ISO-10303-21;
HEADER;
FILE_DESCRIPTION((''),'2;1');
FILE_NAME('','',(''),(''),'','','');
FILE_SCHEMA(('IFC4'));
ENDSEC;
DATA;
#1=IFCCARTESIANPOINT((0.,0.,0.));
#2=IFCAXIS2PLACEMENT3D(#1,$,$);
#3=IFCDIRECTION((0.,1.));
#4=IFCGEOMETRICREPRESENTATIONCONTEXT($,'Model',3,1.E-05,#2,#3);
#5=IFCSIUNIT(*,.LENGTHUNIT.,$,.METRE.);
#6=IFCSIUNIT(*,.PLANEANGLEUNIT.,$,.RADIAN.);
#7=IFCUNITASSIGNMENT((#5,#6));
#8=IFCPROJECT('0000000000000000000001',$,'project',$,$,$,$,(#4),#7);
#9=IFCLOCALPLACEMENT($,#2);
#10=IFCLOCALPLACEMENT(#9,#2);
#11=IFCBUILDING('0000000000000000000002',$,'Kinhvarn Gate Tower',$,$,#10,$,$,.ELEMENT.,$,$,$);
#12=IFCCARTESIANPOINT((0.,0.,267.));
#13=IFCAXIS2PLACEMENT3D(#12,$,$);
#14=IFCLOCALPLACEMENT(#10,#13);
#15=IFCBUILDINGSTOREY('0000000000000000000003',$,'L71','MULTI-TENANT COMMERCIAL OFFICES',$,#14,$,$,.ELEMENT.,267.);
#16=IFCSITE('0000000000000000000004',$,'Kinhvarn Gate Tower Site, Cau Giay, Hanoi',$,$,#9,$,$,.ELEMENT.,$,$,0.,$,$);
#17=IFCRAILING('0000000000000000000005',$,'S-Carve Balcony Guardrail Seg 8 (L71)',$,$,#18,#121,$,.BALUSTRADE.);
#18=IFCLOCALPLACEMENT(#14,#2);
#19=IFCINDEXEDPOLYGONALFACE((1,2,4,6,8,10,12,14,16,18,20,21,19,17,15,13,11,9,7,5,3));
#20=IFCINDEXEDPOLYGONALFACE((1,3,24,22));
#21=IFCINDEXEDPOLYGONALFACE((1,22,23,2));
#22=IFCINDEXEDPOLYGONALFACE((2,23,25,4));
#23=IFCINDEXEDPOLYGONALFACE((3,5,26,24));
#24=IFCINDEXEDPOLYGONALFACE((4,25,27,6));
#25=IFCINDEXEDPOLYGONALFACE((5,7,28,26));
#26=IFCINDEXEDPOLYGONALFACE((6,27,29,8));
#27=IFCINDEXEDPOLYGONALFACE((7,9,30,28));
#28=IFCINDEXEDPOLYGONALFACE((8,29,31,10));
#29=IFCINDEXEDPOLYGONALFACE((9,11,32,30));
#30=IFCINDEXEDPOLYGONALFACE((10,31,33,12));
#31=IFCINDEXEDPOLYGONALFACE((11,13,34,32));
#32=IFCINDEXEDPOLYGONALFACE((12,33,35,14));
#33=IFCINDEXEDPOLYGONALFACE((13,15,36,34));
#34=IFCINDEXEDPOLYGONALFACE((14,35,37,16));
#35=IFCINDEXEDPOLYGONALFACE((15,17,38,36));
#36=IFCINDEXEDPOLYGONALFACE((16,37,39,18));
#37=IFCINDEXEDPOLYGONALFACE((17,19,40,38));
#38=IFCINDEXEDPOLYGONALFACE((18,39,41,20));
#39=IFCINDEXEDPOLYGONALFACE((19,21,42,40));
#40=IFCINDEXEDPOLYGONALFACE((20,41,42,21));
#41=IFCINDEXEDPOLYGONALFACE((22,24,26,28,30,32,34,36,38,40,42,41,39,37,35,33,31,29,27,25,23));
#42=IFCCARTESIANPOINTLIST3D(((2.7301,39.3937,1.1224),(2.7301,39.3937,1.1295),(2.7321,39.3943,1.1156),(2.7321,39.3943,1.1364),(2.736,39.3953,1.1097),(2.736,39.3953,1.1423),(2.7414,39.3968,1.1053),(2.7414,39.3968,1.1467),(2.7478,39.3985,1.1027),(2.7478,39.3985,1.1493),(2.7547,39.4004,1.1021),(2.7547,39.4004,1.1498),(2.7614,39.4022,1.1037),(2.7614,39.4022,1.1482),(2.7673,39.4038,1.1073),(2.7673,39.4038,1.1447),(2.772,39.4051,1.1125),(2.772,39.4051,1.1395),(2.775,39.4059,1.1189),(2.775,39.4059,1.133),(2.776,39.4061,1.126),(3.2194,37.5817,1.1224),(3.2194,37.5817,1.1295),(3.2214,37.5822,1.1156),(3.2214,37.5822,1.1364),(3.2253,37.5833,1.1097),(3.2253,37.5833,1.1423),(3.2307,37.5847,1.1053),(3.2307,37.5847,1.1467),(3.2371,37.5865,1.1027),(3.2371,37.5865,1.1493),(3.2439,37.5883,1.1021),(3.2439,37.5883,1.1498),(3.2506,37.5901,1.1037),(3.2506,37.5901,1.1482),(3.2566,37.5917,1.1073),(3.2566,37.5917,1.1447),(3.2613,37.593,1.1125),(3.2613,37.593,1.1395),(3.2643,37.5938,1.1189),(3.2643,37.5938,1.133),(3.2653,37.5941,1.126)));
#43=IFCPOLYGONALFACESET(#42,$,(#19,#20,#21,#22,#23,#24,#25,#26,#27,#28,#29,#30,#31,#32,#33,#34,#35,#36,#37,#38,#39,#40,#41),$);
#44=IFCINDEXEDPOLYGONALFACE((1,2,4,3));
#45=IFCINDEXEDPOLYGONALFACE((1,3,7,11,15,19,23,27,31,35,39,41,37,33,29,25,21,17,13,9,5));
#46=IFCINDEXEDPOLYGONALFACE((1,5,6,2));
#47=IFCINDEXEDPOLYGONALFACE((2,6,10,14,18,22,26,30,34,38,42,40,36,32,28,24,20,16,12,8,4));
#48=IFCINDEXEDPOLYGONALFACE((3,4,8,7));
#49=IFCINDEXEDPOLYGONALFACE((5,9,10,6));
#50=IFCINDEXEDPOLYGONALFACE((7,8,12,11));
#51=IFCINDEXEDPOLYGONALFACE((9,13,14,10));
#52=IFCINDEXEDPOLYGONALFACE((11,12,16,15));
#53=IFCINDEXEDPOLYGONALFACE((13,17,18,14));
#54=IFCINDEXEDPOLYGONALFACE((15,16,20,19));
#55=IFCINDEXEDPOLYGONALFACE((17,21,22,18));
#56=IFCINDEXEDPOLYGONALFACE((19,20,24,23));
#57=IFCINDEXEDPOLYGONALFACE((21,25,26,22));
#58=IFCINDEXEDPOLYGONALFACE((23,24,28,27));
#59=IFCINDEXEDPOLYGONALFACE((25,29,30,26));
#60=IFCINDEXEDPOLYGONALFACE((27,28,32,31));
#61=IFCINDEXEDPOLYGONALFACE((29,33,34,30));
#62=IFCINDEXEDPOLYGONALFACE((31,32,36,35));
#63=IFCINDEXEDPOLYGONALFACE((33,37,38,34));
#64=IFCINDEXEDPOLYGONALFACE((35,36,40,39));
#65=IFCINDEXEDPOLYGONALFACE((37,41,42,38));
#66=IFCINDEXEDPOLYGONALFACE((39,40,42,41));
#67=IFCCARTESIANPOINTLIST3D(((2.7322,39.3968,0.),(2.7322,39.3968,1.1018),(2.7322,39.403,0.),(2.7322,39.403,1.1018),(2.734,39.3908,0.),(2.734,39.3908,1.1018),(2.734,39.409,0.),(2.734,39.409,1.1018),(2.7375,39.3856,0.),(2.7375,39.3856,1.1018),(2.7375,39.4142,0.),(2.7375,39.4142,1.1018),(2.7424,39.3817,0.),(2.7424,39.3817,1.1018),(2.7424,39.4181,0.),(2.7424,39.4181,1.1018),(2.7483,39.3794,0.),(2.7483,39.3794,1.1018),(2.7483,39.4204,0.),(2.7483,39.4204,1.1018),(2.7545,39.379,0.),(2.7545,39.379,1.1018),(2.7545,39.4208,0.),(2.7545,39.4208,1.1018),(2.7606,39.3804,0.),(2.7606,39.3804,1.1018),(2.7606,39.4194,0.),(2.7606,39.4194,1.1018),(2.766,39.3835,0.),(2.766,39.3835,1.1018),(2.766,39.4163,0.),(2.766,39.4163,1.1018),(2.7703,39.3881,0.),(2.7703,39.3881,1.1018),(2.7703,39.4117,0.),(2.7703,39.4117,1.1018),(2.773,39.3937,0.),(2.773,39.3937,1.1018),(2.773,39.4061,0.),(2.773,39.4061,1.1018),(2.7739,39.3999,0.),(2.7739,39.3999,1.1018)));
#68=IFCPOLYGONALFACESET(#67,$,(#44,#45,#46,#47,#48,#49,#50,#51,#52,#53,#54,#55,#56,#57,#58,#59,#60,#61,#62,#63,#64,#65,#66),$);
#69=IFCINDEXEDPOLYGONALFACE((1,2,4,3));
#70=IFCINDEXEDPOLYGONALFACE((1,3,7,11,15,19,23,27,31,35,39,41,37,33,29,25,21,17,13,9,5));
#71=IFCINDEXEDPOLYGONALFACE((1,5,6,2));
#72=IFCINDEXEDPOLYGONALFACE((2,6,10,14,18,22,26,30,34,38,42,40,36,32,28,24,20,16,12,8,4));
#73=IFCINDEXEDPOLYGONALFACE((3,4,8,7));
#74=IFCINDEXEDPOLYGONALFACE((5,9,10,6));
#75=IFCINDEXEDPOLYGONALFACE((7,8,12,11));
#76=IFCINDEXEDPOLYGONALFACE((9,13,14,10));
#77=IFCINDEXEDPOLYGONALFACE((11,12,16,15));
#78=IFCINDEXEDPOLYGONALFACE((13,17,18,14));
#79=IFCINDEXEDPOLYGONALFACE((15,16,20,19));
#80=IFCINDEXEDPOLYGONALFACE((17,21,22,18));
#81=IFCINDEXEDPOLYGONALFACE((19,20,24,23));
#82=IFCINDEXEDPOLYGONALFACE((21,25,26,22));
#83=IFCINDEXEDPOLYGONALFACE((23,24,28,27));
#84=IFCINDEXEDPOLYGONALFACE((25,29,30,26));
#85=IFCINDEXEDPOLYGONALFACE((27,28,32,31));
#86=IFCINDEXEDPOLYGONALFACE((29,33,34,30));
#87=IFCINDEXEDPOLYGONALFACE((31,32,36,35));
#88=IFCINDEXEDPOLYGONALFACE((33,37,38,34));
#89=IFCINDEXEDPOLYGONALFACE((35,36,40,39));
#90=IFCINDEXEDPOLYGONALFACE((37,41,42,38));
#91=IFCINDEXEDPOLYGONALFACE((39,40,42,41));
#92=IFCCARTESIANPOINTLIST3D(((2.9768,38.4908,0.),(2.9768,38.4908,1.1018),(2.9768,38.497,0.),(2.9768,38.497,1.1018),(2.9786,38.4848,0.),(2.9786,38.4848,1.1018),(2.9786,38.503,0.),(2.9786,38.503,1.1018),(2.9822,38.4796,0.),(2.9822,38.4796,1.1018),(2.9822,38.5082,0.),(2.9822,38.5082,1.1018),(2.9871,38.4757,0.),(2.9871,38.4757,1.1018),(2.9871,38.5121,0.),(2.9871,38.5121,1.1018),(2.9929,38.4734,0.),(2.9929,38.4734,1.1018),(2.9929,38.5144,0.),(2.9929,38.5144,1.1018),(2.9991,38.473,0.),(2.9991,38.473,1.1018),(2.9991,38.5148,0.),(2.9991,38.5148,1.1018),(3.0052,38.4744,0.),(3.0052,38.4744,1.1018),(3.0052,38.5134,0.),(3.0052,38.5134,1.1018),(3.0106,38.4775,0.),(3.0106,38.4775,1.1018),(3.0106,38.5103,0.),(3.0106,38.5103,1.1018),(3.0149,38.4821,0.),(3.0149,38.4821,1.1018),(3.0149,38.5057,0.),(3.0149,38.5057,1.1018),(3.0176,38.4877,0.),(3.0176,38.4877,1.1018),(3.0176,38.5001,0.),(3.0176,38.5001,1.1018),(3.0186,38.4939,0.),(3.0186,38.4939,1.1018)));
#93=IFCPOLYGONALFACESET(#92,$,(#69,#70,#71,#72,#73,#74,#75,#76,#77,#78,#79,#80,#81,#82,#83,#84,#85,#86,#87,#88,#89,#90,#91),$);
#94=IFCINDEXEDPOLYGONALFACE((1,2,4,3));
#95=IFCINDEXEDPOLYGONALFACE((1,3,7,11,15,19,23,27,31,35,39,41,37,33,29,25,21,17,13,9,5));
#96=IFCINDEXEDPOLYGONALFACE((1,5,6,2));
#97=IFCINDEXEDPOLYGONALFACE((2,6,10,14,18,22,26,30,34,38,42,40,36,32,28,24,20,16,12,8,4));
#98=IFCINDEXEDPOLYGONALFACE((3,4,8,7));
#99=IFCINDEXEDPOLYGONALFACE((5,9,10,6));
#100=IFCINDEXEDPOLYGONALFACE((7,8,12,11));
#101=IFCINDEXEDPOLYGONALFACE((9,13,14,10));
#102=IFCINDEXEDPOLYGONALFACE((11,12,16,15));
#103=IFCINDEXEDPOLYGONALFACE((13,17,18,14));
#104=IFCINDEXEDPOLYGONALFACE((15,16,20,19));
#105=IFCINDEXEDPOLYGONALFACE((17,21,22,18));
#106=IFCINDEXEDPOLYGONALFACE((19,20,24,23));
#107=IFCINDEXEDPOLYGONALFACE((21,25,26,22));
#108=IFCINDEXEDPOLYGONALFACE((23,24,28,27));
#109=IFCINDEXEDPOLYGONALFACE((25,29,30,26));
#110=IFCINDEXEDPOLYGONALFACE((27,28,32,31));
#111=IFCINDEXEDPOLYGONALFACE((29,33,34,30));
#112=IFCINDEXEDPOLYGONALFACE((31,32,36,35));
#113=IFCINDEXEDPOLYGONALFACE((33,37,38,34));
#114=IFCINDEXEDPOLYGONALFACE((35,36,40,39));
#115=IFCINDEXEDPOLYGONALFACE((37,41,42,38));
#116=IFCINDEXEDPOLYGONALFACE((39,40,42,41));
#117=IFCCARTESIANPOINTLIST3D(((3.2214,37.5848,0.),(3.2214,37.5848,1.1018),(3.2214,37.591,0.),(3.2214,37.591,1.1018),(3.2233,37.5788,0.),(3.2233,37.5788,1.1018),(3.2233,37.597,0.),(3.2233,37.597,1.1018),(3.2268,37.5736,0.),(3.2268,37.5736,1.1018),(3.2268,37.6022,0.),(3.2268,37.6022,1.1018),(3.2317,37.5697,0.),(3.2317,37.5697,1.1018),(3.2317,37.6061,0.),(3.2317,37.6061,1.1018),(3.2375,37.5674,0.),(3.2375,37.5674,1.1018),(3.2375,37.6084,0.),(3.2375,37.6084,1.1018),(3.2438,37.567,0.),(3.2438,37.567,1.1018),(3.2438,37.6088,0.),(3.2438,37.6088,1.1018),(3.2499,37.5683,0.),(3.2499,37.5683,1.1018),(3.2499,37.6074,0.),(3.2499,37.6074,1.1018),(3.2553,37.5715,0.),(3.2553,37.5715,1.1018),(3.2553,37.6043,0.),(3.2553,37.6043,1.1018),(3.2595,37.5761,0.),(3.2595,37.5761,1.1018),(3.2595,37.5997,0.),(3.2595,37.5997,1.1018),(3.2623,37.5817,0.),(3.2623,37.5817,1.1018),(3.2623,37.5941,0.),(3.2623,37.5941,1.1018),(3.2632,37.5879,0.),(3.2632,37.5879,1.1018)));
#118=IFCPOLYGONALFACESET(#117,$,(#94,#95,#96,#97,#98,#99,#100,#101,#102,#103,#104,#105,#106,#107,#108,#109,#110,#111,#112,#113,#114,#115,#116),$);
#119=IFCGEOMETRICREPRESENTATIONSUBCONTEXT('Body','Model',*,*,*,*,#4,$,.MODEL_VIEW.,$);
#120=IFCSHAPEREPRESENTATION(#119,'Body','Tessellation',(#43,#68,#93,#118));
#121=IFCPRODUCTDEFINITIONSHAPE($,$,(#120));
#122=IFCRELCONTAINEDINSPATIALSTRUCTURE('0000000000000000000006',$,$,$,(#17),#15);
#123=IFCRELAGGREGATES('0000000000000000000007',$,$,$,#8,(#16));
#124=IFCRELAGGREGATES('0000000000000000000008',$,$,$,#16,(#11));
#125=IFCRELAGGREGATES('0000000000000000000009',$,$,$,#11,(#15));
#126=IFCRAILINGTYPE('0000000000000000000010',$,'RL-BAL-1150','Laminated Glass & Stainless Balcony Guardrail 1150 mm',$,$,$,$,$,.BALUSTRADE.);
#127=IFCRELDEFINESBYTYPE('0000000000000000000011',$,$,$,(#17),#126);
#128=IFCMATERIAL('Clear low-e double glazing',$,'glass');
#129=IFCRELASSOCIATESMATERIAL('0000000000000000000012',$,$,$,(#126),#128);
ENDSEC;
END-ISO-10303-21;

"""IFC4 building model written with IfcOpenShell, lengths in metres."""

from ifc_helpers import new_model, si_unit, direction, frame, origin, origin_2d, place, context, subcontext, project, spatial, circle, extrude, material, type_object, element, save


model = new_model("IFC4")

# Units and contexts
model_context = context("Model", 3, precision=1e-05, world=origin(), true_north=direction((0.0, 1.0)))
body_context = subcontext(model_context, "Body", "Model", "MODEL_VIEW")
ifc_project = project(units=[si_unit("LENGTHUNIT", "METRE"), si_unit("PLANEANGLEUNIT", "RADIAN")], contexts=[model_context])

# Site, building, storey
site_placement = place(None, origin())
site = spatial("IfcSite", under=ifc_project, at=site_placement, Name="Kinhvarn Gate Tower Site, Cau Giay, Hanoi", CompositionType="ELEMENT", RefElevation=0.0)
building_placement = place(site_placement, origin())
building = spatial("IfcBuilding", under=site, at=building_placement, Name="Kinhvarn Gate Tower", CompositionType="ELEMENT")
storey_placement = place(building_placement, frame((0.0, 0.0, 267.0)))
storey = spatial("IfcBuildingStorey", under=building, at=storey_placement, Name="L71", Description="MULTI-TENANT COMMERCIAL OFFICES", CompositionType="ELEMENT", Elevation=267.0)

# Shared definitions
ifc_material_1 = material(Name="Clear low-e double glazing", Category="glass")

# Railing
railing_type = type_object("IfcRailingType", Name="RL-BAL-1150", Description="Laminated Glass & Stainless Balcony Guardrail 1150 mm", PredefinedType="BALUSTRADE", material=ifc_material_1)
railing_1_placement = place(storey_placement, frame((2.7529, 39.3999, 0.0)))
element("IfcRailing", 1, at=railing_1_placement, inside=storey, type_object=railing_type, Name="S-Carve Balcony Guardrail Seg 8 (L71)", PredefinedType="BALUSTRADE", context=body_context, shape_type="SweptSolid", body=[
    extrude(circle(Radius=0.0239, at=origin_2d()), frame((0.0, 0.0, 1.126), z_axis=(0.260673, -0.965427, 0.0), x_axis=(0.965427, 0.260673, 0.0)), (0.0, 0.0, 1.0), 1.877),
    extrude(circle(Radius=0.021, at=origin_2d()), origin(), (0.0, 0.0, 1.0), 1.1018),
    extrude(circle(Radius=0.021, at=origin_2d()), frame((0.2446, -0.906, 0.0)), (0.0, 0.0, 1.0), 1.1018),
    extrude(circle(Radius=0.021, at=origin_2d()), frame((0.4893, -1.812, 0.0)), (0.0, 0.0, 1.0), 1.1018),
])

save(model, "model.ifc")
